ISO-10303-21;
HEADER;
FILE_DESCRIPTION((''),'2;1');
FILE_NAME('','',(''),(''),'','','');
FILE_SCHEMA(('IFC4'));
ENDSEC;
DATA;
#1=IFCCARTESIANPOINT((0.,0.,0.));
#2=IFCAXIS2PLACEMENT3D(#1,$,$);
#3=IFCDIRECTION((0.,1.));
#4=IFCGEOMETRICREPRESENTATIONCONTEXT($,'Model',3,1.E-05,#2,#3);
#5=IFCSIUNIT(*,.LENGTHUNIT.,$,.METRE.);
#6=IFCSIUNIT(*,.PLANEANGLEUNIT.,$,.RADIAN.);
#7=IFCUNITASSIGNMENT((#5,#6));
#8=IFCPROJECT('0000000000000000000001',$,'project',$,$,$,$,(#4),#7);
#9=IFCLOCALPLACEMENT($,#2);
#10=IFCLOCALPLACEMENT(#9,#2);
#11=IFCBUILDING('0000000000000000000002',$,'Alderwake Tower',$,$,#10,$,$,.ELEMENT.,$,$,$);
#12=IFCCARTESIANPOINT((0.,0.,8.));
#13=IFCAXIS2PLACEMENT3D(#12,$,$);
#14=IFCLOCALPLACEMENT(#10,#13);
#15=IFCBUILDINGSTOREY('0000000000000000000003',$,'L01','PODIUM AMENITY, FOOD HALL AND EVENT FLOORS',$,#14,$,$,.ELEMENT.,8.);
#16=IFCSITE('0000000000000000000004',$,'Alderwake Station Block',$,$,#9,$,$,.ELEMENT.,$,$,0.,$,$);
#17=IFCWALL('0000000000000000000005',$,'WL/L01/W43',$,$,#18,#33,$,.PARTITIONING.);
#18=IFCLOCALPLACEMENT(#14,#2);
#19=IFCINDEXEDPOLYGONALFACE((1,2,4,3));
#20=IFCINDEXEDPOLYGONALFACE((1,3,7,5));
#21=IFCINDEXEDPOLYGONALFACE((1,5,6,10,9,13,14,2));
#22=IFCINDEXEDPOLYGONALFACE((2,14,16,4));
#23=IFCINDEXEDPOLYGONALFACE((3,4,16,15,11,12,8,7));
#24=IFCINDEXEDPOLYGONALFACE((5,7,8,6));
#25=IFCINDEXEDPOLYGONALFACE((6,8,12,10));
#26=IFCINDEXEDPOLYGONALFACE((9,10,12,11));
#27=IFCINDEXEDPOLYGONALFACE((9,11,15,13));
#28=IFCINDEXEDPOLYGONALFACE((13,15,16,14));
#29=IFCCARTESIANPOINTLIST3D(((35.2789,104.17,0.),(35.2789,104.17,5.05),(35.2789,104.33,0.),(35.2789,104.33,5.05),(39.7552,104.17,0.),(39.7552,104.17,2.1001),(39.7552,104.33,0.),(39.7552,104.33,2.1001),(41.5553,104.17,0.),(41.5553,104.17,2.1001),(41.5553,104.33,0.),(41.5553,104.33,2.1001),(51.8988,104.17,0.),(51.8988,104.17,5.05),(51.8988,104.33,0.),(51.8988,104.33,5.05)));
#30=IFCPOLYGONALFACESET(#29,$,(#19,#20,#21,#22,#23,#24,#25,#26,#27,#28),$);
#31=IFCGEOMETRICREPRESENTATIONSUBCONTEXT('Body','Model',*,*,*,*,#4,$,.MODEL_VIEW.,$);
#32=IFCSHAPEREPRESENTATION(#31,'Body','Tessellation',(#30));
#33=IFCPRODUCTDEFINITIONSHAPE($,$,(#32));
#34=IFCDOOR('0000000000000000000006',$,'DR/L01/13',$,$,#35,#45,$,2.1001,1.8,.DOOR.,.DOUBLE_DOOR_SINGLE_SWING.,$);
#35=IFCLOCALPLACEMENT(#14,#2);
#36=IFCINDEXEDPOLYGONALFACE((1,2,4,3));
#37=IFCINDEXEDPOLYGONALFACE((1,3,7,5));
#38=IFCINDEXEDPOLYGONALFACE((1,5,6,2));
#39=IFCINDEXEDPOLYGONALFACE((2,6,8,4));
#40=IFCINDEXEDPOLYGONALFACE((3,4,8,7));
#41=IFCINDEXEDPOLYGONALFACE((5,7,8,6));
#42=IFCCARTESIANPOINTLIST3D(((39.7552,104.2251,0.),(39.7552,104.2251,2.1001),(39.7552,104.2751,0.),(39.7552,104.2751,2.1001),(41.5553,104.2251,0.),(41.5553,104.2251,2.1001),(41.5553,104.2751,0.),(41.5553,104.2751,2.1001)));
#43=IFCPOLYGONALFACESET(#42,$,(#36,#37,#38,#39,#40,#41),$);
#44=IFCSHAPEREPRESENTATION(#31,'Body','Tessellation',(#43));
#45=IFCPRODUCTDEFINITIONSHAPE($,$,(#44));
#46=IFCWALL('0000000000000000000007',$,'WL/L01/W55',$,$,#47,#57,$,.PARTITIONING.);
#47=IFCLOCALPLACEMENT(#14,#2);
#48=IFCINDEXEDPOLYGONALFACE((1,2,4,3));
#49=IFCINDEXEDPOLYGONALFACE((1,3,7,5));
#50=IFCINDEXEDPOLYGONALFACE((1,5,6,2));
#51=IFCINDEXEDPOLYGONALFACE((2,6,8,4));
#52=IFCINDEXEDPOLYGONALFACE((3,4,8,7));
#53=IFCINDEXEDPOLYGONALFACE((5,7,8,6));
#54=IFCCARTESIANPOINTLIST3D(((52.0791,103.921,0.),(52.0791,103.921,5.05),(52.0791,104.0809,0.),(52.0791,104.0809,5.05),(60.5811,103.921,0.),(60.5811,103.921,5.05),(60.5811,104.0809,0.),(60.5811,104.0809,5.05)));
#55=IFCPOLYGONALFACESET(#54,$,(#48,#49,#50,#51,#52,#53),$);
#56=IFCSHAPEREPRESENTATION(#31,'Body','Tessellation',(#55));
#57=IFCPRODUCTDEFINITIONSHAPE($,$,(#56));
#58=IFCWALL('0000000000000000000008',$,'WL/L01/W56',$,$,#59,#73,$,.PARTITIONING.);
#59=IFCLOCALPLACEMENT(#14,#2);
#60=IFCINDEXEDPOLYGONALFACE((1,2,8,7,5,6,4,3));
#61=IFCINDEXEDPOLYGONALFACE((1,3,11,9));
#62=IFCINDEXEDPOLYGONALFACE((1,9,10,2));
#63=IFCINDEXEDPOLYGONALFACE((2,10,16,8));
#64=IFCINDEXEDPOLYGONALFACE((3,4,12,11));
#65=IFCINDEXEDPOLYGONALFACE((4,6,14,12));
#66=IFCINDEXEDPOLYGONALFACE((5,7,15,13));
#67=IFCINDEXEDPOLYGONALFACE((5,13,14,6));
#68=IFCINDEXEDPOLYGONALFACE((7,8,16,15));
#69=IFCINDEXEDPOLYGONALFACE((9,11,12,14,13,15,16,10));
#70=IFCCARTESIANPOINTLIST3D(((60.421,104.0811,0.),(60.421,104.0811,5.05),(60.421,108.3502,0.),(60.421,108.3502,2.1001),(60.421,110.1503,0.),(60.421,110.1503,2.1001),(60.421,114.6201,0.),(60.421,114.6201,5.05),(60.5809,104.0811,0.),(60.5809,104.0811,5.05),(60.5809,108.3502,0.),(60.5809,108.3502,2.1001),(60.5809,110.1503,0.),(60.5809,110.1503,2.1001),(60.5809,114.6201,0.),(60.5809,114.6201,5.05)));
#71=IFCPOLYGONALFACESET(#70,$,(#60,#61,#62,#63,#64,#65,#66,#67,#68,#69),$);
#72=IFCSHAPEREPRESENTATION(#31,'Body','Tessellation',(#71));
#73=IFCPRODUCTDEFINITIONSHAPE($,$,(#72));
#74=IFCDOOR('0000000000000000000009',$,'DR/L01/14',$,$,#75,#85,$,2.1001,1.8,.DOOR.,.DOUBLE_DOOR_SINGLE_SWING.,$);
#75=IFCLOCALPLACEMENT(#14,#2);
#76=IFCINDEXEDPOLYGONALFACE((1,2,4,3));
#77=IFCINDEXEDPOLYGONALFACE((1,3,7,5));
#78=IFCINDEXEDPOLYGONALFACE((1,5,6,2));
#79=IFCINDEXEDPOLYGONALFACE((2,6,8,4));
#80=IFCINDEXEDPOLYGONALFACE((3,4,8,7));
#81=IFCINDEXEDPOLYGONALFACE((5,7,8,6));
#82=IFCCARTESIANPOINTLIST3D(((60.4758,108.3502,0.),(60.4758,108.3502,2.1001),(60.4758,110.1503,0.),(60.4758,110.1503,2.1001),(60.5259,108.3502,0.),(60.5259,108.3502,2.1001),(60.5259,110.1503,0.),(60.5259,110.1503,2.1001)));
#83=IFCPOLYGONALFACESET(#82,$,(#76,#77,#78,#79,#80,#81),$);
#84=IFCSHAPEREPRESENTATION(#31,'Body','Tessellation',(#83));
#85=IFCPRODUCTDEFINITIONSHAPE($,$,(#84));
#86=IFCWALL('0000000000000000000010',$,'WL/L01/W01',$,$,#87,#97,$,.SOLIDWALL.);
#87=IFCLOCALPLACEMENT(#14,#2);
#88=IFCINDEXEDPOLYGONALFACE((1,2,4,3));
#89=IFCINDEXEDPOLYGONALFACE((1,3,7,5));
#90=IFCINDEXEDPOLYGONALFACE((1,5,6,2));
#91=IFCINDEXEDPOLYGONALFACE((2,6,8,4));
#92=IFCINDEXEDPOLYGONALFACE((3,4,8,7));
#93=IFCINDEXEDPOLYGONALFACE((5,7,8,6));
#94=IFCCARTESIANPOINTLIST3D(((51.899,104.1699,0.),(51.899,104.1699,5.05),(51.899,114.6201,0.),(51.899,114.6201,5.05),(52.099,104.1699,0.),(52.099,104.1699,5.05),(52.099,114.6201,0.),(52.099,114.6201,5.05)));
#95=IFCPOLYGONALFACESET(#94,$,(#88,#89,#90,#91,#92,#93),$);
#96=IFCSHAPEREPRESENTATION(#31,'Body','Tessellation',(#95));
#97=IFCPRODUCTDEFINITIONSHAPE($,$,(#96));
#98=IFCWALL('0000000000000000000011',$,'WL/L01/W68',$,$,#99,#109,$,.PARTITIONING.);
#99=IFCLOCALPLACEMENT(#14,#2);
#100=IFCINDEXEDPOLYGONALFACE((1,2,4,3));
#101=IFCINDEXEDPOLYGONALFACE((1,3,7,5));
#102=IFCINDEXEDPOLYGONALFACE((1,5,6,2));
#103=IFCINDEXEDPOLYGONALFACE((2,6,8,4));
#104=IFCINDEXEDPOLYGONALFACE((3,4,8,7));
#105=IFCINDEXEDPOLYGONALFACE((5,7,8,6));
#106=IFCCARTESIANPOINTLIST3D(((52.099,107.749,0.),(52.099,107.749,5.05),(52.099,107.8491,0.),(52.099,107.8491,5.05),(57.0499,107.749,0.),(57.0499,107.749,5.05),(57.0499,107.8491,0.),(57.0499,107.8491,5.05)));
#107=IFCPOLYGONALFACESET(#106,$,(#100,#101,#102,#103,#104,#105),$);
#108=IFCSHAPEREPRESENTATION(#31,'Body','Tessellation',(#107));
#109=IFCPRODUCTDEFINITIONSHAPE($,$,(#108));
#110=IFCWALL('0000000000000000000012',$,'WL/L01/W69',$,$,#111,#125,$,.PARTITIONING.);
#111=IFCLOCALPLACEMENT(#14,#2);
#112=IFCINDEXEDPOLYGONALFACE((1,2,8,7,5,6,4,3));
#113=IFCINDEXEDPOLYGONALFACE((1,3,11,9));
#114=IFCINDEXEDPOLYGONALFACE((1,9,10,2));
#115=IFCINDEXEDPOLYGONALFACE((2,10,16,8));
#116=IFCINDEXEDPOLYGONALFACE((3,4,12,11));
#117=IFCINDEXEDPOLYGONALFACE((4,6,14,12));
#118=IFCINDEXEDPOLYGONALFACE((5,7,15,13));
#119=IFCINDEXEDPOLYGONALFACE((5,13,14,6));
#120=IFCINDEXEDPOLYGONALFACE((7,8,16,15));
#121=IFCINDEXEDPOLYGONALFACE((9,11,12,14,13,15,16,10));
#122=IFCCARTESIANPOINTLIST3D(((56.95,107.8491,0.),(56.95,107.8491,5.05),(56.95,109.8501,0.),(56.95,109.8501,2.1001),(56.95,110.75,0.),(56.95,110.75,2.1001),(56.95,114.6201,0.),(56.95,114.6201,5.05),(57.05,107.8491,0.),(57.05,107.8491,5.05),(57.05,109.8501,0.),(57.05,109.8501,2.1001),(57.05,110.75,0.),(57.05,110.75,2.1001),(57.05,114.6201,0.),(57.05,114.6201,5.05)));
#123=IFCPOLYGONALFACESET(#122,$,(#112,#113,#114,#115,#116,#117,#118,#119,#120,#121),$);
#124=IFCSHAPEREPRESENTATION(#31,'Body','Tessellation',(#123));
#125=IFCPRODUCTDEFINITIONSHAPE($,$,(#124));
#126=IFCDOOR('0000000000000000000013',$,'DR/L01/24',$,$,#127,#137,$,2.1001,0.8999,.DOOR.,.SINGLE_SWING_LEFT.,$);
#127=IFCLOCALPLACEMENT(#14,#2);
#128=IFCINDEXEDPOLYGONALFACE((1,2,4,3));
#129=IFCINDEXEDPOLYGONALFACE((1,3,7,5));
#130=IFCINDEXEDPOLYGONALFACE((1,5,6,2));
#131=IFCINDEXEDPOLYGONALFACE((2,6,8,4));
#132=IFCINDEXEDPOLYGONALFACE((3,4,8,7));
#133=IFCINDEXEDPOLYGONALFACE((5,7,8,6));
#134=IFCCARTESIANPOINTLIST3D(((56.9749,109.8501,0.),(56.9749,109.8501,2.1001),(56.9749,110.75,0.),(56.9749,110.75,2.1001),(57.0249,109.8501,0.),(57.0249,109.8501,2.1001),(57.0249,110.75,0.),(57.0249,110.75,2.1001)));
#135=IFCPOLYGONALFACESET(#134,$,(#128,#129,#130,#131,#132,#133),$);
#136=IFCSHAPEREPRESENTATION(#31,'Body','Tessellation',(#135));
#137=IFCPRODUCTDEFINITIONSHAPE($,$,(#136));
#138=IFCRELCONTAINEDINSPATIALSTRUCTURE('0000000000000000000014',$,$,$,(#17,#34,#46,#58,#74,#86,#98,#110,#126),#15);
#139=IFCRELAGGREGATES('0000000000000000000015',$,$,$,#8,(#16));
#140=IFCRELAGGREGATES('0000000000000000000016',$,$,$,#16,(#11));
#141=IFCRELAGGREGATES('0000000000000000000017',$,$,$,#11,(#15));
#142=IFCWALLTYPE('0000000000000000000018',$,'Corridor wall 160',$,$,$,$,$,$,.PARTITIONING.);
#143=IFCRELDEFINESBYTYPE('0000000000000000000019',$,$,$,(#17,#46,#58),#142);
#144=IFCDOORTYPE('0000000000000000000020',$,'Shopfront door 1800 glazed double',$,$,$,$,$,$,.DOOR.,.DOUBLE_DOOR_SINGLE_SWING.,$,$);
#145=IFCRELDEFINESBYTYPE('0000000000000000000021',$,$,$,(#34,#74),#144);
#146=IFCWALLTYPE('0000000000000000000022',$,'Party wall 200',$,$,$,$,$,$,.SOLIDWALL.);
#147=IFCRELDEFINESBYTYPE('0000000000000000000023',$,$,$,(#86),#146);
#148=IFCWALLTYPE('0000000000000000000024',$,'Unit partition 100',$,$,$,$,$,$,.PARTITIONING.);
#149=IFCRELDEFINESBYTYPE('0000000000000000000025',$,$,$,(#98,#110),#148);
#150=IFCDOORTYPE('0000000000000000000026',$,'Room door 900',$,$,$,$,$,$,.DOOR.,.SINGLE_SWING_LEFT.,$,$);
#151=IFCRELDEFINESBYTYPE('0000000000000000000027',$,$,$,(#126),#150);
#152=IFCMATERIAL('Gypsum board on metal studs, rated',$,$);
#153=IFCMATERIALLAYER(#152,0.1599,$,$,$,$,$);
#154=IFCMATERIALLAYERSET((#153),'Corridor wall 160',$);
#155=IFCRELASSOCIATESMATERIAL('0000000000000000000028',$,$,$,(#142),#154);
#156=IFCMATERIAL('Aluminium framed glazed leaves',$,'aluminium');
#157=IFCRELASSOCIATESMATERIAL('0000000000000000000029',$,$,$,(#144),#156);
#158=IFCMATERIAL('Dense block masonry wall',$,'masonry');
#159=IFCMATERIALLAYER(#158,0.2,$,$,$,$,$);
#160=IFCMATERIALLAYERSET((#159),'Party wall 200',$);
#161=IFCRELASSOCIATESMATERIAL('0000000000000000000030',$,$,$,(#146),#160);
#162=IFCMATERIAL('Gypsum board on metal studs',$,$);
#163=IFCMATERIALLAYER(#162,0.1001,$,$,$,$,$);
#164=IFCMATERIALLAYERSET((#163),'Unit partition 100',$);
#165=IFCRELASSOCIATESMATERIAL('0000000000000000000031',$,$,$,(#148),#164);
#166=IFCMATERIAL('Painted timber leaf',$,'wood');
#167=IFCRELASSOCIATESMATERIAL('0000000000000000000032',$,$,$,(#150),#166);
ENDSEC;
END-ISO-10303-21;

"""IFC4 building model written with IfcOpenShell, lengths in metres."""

from ifc_helpers import new_model, si_unit, direction, frame, frame_2d, origin, place, context, subcontext, project, spatial, rectangle, extrude, material, layer, layer_set, type_object, element, fill, save


model = new_model("IFC4")

# Units and contexts
model_context = context("Model", 3, precision=1e-05, world=origin(), true_north=direction((0.0, 1.0)))
body_context = subcontext(model_context, "Body", "Model", "MODEL_VIEW")
ifc_project = project(units=[si_unit("LENGTHUNIT", "METRE"), si_unit("PLANEANGLEUNIT", "RADIAN")], contexts=[model_context])

# Site, building, storey
site_placement = place(None, origin())
site = spatial("IfcSite", under=ifc_project, at=site_placement, Name="Alderwake Station Block", CompositionType="ELEMENT", RefElevation=0.0)
building_placement = place(site_placement, origin())
building = spatial("IfcBuilding", under=site, at=building_placement, Name="Alderwake Tower", CompositionType="ELEMENT")
storey_placement = place(building_placement, frame((0.0, 0.0, 8.0)))
storey = spatial("IfcBuildingStorey", under=building, at=storey_placement, Name="L01", Description="PODIUM AMENITY, FOOD HALL AND EVENT FLOORS", CompositionType="ELEMENT", Elevation=8.0)

# Shared definitions
ifc_material_1 = material(Name="Gypsum board on metal studs, rated")
ifc_layer_1 = layer(ifc_material_1, 0.1599)
ifc_layer_set_1 = layer_set([ifc_layer_1], Name="Corridor wall 160")
wall_type_1 = type_object("IfcWallType", Name="Corridor wall 160", PredefinedType="PARTITIONING", material=ifc_layer_set_1)

# Wall, opening, door
wall_1_placement = place(storey_placement, frame((51.8989, 104.25, 0.0), z_axis=(0.0, 0.0, 1.0), x_axis=(-1.0, 0.0, 0.0)))
wall_1 = element("IfcWall", 1, at=wall_1_placement, inside=storey, type_object=wall_type_1, Name="WL/L01/W43", PredefinedType="PARTITIONING", context=body_context, shape_type="SweptSolid", body=[
    extrude(rectangle(XDim=16.6199, YDim=0.1599, at=frame_2d((8.3101, 0.0))), origin(), (0.0, 0.0, 1.0), 5.05),
])
opening_1_placement = place(wall_1_placement, frame((10.3438, 0.0, 0.0)))
opening_1 = element("IfcOpeningElement", 2, at=opening_1_placement, cuts=wall_1, PredefinedType="OPENING", context=body_context, shape_type="SweptSolid", body=[
    extrude(rectangle(XDim=1.8, YDim=2.1001, at=frame_2d((0.8999, 1.05))), frame((0.0, 0.0898, 0.0), z_axis=(0.0, -1.0, 0.0), x_axis=(1.0, 0.0, 0.0)), (0.0, 0.0, 1.0), 0.1799),
])
ifc_material_2 = material(Name="Aluminium framed glazed leaves", Category="aluminium")
door_type_1 = type_object("IfcDoorType", Name="Shopfront door 1800 glazed double", OperationType="DOUBLE_DOOR_SINGLE_SWING", PredefinedType="DOOR", material=ifc_material_2)
door_1_placement = place(opening_1_placement, origin())
door_1 = element("IfcDoor", 3, at=door_1_placement, inside=storey, type_object=door_type_1, Name="DR/L01/13", OperationType="DOUBLE_DOOR_SINGLE_SWING", OverallHeight=2.1001, OverallWidth=1.8, PredefinedType="DOOR", context=body_context, shape_type="SweptSolid", body=[
    extrude(rectangle(XDim=1.8, YDim=2.1001, at=frame_2d((0.8999, 1.05))), frame((0.0, 0.0249, 0.0), z_axis=(0.0, -1.0, 0.0), x_axis=(1.0, 0.0, 0.0)), (0.0, 0.0, 1.0), 0.05),
])
fill(opening_1, door_1)

# Wall
wall_2_placement = place(storey_placement, frame((60.5811, 104.001, 0.0), z_axis=(0.0, 0.0, 1.0), x_axis=(-1.0, 0.0, 0.0)))
element("IfcWall", 4, at=wall_2_placement, inside=storey, type_object=wall_type_1, Name="WL/L01/W55", PredefinedType="PARTITIONING", context=body_context, shape_type="SweptSolid", body=[
    extrude(rectangle(XDim=8.502, YDim=0.1599, at=frame_2d((4.251, 0.0))), origin(), (0.0, 0.0, 1.0), 5.05),
])

# Wall, opening, door
wall_3_placement = place(storey_placement, frame((60.501, 114.6201, 0.0), z_axis=(0.0, 0.0, 1.0), x_axis=(0.0, -1.0, 0.0)))
wall_3 = element("IfcWall", 5, at=wall_3_placement, inside=storey, type_object=wall_type_1, Name="WL/L01/W56", PredefinedType="PARTITIONING", context=body_context, shape_type="SweptSolid", body=[
    extrude(rectangle(XDim=10.5391, YDim=0.1599, at=frame_2d((5.2695, 0.0))), origin(), (0.0, 0.0, 1.0), 5.05),
])
opening_2_placement = place(wall_3_placement, frame((4.47, 0.0, 0.0)))
opening_2 = element("IfcOpeningElement", 6, at=opening_2_placement, cuts=wall_3, PredefinedType="OPENING", context=body_context, shape_type="SweptSolid", body=[
    extrude(rectangle(XDim=1.8, YDim=2.1001, at=frame_2d((0.8999, 1.05))), frame((0.0, 0.0898, 0.0), z_axis=(0.0, -1.0, 0.0), x_axis=(1.0, 0.0, 0.0)), (0.0, 0.0, 1.0), 0.1799),
])
door_2_placement = place(opening_2_placement, origin())
door_2 = element("IfcDoor", 7, at=door_2_placement, inside=storey, type_object=door_type_1, Name="DR/L01/14", OperationType="DOUBLE_DOOR_SINGLE_SWING", OverallHeight=2.1001, OverallWidth=1.8, PredefinedType="DOOR", context=body_context, shape_type="SweptSolid", body=[
    extrude(rectangle(XDim=1.8, YDim=2.1001, at=frame_2d((0.8999, 1.05))), frame((0.0, 0.0249, 0.0), z_axis=(0.0, -1.0, 0.0), x_axis=(1.0, 0.0, 0.0)), (0.0, 0.0, 1.0), 0.05),
])
fill(opening_2, door_2)

# Walls
ifc_material_3 = material(Name="Dense block masonry wall", Category="masonry")
ifc_layer_2 = layer(ifc_material_3, 0.2)
ifc_layer_set_2 = layer_set([ifc_layer_2], Name="Party wall 200")
wall_type_2 = type_object("IfcWallType", Name="Party wall 200", PredefinedType="SOLIDWALL", material=ifc_layer_set_2)
wall_4_placement = place(storey_placement, frame((51.999, 104.1699, 0.0), z_axis=(0.0, 0.0, 1.0), x_axis=(0.0, 1.0, 0.0)))
element("IfcWall", 8, at=wall_4_placement, inside=storey, type_object=wall_type_2, Name="WL/L01/W01", PredefinedType="SOLIDWALL", context=body_context, shape_type="SweptSolid", body=[
    extrude(rectangle(XDim=10.4502, YDim=0.2, at=frame_2d((5.2251, 0.0))), origin(), (0.0, 0.0, 1.0), 5.05),
])
ifc_material_4 = material(Name="Gypsum board on metal studs")
ifc_layer_3 = layer(ifc_material_4, 0.1001)
ifc_layer_set_3 = layer_set([ifc_layer_3], Name="Unit partition 100")
wall_type_3 = type_object("IfcWallType", Name="Unit partition 100", PredefinedType="PARTITIONING", material=ifc_layer_set_3)
wall_5_placement = place(storey_placement, frame((57.05, 107.7991, 0.0), z_axis=(0.0, 0.0, 1.0), x_axis=(-1.0, 0.0, 0.0)))
element("IfcWall", 9, at=wall_5_placement, inside=storey, type_object=wall_type_3, Name="WL/L01/W68", PredefinedType="PARTITIONING", context=body_context, shape_type="SweptSolid", body=[
    extrude(rectangle(XDim=4.9509, YDim=0.1001, at=frame_2d((2.4756, 0.0))), origin(), (0.0, 0.0, 1.0), 5.05),
])

# Wall, opening, door
wall_6_placement = place(storey_placement, frame((57.0, 114.6201, 0.0), z_axis=(0.0, 0.0, 1.0), x_axis=(0.0, -1.0, 0.0)))
wall_6 = element("IfcWall", 10, at=wall_6_placement, inside=storey, type_object=wall_type_3, Name="WL/L01/W69", PredefinedType="PARTITIONING", context=body_context, shape_type="SweptSolid", body=[
    extrude(rectangle(XDim=6.771, YDim=0.1001, at=frame_2d((3.3855, 0.0))), origin(), (0.0, 0.0, 1.0), 5.05),
])
opening_3_placement = place(wall_6_placement, frame((3.8701, 0.0, 0.0)))
opening_3 = element("IfcOpeningElement", 11, at=opening_3_placement, cuts=wall_6, PredefinedType="OPENING", context=body_context, shape_type="SweptSolid", body=[
    extrude(rectangle(XDim=0.8999, YDim=2.1001, at=frame_2d((0.45, 1.05))), frame((0.0, 0.0601, 0.0), z_axis=(0.0, -1.0, 0.0), x_axis=(1.0, 0.0, 0.0)), (0.0, 0.0, 1.0), 0.1201),
])
ifc_material_5 = material(Name="Painted timber leaf", Category="wood")
door_type_2 = type_object("IfcDoorType", Name="Room door 900", OperationType="SINGLE_SWING_LEFT", PredefinedType="DOOR", material=ifc_material_5)
door_3_placement = place(opening_3_placement, origin())
door_3 = element("IfcDoor", 12, at=door_3_placement, inside=storey, type_object=door_type_2, Name="DR/L01/24", OperationType="SINGLE_SWING_LEFT", OverallHeight=2.1001, OverallWidth=0.8999, PredefinedType="DOOR", context=body_context, shape_type="SweptSolid", body=[
    extrude(rectangle(XDim=0.8999, YDim=2.1001, at=frame_2d((0.45, 1.05))), frame((0.0, 0.0249, 0.0), z_axis=(0.0, -1.0, 0.0), x_axis=(1.0, 0.0, 0.0)), (0.0, 0.0, 1.0), 0.05),
])
fill(opening_3, door_3)

save(model, "model.ifc")
